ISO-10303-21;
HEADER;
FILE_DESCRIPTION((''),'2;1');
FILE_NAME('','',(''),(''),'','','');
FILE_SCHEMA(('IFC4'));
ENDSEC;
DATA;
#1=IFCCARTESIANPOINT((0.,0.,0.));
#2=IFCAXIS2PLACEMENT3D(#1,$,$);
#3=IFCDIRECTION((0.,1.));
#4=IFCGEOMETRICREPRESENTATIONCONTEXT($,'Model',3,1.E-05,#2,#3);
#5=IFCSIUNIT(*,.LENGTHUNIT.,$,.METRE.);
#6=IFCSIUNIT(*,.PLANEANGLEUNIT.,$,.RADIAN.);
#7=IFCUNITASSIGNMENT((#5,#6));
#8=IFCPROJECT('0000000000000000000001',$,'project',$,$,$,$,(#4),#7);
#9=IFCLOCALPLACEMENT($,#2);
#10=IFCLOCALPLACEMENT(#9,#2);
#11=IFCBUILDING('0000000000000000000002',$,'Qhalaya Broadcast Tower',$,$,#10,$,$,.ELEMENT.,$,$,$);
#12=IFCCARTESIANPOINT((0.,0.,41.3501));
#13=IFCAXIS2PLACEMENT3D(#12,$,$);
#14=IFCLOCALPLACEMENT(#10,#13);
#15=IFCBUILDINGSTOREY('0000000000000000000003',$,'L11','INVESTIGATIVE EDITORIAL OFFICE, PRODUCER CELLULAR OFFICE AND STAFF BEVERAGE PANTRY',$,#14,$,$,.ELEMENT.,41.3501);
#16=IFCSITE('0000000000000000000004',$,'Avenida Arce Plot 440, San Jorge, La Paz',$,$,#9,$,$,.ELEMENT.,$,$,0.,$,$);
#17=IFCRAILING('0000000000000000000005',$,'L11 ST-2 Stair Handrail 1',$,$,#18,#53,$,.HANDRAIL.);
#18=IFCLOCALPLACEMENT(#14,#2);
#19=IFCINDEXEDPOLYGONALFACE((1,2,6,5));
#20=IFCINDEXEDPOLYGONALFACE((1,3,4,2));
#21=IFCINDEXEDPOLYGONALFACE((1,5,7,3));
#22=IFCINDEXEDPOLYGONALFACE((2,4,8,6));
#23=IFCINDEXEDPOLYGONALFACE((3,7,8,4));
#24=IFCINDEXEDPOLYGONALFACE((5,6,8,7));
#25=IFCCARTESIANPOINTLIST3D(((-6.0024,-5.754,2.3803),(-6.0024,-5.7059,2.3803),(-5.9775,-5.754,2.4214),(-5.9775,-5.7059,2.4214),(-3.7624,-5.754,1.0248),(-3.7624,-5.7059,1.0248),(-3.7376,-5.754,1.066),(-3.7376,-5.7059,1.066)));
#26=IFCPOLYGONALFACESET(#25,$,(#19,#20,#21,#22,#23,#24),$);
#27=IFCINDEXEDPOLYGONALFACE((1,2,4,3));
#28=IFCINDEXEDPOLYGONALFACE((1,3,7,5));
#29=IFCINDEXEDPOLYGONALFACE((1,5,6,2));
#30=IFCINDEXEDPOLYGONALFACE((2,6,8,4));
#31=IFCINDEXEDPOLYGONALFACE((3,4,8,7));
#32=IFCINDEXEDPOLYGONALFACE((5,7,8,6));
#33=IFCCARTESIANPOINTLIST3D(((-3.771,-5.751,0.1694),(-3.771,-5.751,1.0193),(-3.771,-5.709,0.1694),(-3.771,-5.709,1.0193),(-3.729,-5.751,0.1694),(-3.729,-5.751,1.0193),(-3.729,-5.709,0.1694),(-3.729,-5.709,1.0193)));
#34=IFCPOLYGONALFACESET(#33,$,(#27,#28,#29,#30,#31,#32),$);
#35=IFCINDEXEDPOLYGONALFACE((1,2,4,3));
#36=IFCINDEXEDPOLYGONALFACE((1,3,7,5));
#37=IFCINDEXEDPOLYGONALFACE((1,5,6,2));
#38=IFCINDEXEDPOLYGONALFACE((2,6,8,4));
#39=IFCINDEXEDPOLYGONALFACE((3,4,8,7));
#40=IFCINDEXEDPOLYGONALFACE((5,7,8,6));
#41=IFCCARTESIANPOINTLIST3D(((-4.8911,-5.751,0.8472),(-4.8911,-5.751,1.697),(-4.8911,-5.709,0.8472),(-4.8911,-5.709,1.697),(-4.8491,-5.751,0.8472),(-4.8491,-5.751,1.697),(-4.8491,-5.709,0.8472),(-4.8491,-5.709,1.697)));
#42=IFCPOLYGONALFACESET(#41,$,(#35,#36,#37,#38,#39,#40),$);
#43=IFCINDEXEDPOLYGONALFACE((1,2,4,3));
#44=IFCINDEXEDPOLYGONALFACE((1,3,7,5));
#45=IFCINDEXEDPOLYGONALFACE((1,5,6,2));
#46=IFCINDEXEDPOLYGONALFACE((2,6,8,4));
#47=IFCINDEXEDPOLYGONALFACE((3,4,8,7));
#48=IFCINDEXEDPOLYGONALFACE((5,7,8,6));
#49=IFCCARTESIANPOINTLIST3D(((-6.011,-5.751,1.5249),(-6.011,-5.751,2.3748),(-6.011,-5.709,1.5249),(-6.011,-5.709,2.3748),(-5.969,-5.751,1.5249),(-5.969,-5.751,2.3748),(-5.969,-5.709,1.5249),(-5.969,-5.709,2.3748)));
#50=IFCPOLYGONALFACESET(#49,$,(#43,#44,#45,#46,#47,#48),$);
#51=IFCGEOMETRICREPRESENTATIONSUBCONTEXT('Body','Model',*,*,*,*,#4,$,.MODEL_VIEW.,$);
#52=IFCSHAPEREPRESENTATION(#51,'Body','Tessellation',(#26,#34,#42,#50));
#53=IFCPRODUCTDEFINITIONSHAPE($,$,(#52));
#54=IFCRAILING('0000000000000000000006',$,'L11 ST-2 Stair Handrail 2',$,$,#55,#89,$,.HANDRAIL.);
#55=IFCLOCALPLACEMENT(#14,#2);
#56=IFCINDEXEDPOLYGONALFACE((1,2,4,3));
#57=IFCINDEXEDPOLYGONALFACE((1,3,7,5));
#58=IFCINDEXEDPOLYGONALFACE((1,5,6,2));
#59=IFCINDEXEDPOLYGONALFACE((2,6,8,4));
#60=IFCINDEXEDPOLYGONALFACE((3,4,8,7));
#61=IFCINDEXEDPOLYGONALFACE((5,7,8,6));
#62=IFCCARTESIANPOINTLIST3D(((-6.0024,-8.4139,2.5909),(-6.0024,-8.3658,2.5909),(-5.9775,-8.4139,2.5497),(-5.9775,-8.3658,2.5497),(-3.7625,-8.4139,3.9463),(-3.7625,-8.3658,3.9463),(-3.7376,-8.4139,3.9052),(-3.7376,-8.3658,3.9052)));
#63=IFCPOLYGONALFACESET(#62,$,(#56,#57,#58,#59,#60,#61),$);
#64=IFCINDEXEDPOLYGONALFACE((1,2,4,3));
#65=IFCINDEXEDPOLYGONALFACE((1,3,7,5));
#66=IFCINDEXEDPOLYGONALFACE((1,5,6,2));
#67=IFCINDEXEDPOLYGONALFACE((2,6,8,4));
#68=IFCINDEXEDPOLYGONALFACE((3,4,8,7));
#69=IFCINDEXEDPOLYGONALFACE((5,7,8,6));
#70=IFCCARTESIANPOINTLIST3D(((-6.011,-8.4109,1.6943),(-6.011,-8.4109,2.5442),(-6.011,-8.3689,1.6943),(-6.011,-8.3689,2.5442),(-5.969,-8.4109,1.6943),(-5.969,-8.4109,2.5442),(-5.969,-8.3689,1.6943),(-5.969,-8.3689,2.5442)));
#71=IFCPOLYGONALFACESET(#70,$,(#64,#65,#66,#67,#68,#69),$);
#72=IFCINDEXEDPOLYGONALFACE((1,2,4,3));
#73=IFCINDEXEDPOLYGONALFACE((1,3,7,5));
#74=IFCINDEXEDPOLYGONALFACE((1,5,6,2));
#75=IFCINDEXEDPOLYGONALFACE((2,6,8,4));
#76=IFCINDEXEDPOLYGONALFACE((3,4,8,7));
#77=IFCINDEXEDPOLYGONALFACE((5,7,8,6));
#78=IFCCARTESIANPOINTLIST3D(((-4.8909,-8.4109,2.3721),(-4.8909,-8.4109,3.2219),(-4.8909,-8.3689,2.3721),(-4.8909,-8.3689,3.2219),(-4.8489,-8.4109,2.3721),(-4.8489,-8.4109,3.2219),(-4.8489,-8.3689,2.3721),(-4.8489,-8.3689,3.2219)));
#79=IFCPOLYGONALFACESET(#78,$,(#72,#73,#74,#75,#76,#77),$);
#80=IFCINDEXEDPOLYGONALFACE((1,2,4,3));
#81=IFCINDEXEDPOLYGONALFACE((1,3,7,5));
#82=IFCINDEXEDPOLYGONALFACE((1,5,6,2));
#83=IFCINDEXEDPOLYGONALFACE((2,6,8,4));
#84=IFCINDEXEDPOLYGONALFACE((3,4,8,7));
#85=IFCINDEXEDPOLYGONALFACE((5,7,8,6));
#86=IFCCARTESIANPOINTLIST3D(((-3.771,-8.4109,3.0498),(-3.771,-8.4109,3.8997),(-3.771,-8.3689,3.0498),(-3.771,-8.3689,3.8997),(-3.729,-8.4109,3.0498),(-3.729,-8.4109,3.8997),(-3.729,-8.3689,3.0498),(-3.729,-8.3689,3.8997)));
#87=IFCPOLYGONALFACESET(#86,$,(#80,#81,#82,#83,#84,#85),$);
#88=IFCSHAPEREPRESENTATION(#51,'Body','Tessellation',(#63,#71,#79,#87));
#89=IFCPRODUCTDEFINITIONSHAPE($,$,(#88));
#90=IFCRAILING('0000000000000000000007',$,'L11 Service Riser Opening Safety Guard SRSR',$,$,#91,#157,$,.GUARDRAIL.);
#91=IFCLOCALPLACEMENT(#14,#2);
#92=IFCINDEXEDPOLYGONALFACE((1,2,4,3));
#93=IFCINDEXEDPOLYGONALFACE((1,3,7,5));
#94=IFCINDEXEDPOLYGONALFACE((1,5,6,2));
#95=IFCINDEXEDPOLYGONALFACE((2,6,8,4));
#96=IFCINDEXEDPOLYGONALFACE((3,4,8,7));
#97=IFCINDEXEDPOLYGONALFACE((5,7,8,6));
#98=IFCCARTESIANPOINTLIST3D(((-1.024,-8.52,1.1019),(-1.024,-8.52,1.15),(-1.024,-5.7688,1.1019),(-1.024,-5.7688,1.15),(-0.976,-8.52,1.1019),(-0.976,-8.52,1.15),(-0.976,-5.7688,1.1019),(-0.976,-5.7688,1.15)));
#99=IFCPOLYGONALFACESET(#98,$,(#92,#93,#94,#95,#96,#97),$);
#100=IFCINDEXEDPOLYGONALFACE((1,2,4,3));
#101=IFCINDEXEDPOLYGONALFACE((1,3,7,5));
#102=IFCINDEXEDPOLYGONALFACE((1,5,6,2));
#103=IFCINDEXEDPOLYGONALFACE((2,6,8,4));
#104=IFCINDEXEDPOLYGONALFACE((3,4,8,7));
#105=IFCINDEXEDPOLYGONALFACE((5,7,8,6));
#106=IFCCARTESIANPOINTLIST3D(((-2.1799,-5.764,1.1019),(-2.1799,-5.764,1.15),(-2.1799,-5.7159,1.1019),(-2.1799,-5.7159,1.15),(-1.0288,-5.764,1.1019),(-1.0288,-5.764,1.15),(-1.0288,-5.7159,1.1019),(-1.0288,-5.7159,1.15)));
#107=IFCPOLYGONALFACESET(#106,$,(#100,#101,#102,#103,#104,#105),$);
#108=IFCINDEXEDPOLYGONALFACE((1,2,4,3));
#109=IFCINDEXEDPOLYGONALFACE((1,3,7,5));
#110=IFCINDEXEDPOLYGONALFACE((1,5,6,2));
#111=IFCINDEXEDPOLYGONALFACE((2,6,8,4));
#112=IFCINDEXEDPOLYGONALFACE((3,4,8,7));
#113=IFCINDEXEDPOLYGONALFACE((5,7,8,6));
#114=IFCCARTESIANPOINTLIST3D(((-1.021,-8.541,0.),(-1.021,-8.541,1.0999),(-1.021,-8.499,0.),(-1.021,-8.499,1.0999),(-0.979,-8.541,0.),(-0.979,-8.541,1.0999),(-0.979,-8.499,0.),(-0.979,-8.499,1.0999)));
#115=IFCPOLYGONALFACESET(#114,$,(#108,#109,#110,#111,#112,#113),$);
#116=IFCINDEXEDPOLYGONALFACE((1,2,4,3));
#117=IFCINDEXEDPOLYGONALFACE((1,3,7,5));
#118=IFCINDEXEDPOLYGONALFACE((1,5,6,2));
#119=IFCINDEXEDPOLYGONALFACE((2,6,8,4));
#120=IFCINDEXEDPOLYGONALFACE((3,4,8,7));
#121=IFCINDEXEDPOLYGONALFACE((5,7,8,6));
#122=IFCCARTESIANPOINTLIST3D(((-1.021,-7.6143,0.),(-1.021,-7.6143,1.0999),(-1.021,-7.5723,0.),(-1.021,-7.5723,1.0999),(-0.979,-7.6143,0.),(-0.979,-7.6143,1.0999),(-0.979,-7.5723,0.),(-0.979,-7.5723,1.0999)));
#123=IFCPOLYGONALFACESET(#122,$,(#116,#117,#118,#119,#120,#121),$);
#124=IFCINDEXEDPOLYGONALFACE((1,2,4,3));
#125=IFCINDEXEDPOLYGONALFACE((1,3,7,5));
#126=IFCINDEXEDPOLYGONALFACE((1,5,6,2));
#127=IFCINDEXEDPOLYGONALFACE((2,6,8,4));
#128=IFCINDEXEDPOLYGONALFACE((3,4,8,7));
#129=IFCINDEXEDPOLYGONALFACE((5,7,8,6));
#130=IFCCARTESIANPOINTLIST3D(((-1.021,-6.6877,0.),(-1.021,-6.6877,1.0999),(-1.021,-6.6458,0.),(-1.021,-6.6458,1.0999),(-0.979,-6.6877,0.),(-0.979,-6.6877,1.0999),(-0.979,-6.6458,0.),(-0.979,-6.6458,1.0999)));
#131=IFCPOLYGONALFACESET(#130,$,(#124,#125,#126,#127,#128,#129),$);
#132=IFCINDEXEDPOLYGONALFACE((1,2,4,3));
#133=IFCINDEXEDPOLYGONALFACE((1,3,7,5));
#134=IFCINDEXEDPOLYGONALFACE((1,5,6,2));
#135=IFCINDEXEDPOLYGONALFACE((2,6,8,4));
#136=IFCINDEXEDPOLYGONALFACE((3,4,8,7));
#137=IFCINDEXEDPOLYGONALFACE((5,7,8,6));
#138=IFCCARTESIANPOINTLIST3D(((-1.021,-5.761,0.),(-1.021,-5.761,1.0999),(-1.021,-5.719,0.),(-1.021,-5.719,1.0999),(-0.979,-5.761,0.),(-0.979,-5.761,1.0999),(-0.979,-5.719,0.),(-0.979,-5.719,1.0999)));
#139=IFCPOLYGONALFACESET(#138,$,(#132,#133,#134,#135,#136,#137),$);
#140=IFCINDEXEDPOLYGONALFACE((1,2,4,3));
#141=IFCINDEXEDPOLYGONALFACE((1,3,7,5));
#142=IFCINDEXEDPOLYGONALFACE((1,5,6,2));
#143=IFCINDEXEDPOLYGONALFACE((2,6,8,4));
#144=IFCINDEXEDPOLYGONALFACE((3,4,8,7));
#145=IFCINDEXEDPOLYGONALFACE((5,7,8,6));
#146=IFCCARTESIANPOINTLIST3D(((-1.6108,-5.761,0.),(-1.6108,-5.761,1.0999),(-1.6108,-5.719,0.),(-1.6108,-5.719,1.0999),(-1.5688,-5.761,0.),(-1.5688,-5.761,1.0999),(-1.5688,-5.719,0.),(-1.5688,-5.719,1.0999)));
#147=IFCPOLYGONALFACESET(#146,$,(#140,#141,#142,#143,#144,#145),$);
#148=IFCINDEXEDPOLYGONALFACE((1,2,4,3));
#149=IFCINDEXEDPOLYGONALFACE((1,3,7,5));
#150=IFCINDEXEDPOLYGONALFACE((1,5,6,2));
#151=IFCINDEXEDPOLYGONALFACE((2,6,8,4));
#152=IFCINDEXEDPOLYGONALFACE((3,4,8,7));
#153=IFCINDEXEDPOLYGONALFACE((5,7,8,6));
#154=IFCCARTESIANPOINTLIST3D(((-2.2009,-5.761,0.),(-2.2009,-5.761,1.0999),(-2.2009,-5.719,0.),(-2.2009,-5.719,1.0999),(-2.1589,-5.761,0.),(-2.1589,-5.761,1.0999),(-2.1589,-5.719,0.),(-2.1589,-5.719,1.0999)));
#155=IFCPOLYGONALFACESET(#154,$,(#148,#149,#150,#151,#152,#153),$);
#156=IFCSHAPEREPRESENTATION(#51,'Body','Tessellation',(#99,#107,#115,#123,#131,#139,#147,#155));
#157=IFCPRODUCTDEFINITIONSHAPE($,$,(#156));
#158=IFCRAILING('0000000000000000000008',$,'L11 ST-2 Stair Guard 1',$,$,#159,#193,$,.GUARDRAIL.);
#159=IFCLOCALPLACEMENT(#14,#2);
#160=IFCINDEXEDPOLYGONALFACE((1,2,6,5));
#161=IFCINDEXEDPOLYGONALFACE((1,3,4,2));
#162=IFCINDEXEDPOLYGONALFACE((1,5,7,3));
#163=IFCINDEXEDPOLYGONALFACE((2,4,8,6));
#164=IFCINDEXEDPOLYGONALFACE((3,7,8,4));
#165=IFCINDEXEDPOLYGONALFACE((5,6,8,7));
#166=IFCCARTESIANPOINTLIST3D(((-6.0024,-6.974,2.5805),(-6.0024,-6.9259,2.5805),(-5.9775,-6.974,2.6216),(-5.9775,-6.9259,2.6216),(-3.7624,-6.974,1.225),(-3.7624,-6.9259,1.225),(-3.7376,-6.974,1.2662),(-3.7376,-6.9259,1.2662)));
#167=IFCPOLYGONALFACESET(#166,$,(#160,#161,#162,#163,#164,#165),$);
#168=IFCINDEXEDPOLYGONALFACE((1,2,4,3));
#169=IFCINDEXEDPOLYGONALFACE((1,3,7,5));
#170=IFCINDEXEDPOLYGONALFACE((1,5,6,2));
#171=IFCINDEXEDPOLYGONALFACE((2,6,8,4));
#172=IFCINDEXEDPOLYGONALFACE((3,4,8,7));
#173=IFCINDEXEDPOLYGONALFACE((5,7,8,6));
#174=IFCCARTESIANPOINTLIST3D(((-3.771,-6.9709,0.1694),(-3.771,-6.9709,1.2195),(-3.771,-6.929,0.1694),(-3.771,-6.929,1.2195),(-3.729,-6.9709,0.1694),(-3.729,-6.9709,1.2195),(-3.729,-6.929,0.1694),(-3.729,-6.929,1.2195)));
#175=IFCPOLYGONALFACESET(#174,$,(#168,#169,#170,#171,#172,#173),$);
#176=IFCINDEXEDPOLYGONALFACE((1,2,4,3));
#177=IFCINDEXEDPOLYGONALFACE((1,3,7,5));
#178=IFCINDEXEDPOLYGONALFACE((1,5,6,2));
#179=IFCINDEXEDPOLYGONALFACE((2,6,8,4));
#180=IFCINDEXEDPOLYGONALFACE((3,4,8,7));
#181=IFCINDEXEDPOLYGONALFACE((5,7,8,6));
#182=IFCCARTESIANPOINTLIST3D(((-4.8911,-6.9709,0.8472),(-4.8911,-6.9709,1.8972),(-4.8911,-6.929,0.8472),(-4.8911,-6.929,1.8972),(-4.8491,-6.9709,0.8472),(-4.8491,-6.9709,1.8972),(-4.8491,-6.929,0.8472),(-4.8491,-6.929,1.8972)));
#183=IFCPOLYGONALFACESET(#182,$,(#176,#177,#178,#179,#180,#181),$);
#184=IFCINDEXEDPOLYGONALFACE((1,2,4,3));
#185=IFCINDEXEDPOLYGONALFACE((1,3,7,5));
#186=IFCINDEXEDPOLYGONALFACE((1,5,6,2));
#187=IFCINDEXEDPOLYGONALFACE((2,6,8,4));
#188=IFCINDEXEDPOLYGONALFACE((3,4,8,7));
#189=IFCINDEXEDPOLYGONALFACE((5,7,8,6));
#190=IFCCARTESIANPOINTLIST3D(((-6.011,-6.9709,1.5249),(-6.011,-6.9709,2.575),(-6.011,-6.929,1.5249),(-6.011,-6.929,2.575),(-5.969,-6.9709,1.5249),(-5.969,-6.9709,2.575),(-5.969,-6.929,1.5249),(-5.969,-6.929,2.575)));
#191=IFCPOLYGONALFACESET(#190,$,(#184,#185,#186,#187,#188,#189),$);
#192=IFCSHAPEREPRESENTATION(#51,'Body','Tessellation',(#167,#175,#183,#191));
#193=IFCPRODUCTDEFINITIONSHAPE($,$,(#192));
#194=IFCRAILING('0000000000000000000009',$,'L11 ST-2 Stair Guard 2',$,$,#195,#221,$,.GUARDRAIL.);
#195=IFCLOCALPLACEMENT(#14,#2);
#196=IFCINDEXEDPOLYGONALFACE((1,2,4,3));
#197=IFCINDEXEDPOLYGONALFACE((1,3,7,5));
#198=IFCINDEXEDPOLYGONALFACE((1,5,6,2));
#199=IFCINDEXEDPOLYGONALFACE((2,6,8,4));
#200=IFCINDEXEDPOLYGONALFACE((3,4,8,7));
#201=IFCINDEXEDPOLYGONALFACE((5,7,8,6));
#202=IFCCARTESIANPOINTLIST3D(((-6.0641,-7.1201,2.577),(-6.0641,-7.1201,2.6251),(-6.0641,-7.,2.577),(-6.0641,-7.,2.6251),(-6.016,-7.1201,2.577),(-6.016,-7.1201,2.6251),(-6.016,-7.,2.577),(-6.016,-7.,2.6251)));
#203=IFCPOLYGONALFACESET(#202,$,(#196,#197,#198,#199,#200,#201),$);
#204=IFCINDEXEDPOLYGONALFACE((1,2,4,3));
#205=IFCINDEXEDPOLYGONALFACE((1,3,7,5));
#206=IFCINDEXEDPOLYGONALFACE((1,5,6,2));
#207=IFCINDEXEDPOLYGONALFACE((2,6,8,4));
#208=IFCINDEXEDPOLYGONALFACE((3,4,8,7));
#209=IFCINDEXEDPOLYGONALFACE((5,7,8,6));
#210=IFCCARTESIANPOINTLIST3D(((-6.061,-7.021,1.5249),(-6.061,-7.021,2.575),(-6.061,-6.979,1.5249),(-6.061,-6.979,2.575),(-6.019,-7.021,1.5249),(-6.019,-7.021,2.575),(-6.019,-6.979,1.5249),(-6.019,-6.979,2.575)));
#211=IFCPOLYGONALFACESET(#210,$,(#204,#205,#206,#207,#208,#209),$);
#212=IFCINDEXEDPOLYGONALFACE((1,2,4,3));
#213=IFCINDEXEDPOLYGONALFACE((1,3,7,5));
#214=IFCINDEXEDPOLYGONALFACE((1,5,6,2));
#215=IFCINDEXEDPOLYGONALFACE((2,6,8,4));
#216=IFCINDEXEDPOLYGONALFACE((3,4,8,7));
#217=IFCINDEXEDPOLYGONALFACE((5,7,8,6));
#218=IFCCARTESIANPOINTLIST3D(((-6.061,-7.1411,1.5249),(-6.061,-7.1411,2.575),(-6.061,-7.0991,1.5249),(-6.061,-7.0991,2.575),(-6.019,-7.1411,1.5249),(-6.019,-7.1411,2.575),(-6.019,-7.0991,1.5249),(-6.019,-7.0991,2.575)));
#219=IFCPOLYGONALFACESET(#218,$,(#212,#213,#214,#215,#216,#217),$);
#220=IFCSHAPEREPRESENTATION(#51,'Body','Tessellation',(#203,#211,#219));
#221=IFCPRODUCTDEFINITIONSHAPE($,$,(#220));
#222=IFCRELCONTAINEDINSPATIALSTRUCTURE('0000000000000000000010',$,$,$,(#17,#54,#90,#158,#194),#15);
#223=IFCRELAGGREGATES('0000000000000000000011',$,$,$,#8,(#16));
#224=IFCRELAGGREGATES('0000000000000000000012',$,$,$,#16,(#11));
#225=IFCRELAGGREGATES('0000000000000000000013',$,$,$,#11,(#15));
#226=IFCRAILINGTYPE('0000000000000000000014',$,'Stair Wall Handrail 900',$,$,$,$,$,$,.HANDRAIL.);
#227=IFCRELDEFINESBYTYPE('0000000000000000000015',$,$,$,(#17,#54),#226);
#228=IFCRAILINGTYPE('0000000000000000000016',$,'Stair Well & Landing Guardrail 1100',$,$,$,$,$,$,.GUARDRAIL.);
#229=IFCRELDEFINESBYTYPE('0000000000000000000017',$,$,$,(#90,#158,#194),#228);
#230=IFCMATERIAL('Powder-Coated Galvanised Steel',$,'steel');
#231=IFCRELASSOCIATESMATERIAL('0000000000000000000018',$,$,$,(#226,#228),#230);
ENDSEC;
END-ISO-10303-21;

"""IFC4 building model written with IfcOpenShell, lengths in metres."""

from ifc_helpers import new_model, si_unit, direction, frame, origin, origin_2d, place, context, subcontext, project, spatial, rectangle, extrude, material, type_object, element, save


model = new_model("IFC4")

# Units and contexts
model_context = context("Model", 3, precision=1e-05, world=origin(), true_north=direction((0.0, 1.0)))
body_context = subcontext(model_context, "Body", "Model", "MODEL_VIEW")
ifc_project = project(units=[si_unit("LENGTHUNIT", "METRE"), si_unit("PLANEANGLEUNIT", "RADIAN")], contexts=[model_context])

# Site, building, storey
site_placement = place(None, origin())
site = spatial("IfcSite", under=ifc_project, at=site_placement, Name="Avenida Arce Plot 440, San Jorge, La Paz", CompositionType="ELEMENT", RefElevation=0.0)
building_placement = place(site_placement, origin())
building = spatial("IfcBuilding", under=site, at=building_placement, Name="Qhalaya Broadcast Tower", CompositionType="ELEMENT")
storey_placement = place(building_placement, frame((0.0, 0.0, 41.3501)))
storey = spatial("IfcBuildingStorey", under=building, at=storey_placement, Name="L11", Description="INVESTIGATIVE EDITORIAL OFFICE, PRODUCER CELLULAR OFFICE AND STAFF BEVERAGE PANTRY", CompositionType="ELEMENT", Elevation=41.3501)

# Railings
ifc_material_1 = material(Name="Powder-Coated Galvanised Steel", Category="steel")
railing_type_1 = type_object("IfcRailingType", Name="Stair Wall Handrail 900", PredefinedType="HANDRAIL", material=ifc_material_1)
railing_1_placement = place(storey_placement, frame((-3.75, -5.73, 0.1694)))
element("IfcRailing", 1, at=railing_1_placement, inside=storey, type_object=railing_type_1, Name="L11 ST-2 Stair Handrail 1", PredefinedType="HANDRAIL", context=body_context, shape_type="SweptSolid", body=[
    extrude(rectangle(XDim=0.0481, YDim=0.0481, at=origin_2d()), frame((0.0, 0.0, 0.876), z_axis=(-0.855553, 0.0, 0.517715), x_axis=(0.0, -1.0, 0.0)), (0.0, 0.0, 1.0), 2.6182),
    extrude(rectangle(XDim=0.042, YDim=0.042, at=origin_2d()), origin(), (0.0, 0.0, 1.0), 0.8499),
    extrude(rectangle(XDim=0.042, YDim=0.042, at=origin_2d()), frame((-1.1201, 0.0, 0.6777)), (0.0, 0.0, 1.0), 0.8499),
    extrude(rectangle(XDim=0.042, YDim=0.042, at=origin_2d()), frame((-2.24, 0.0, 1.3555)), (0.0, 0.0, 1.0), 0.8499),
])
railing_2_placement = place(storey_placement, frame((-5.99, -8.3899, 1.6943)))
element("IfcRailing", 2, at=railing_2_placement, inside=storey, type_object=railing_type_1, Name="L11 ST-2 Stair Handrail 2", PredefinedType="HANDRAIL", context=body_context, shape_type="SweptSolid", body=[
    extrude(rectangle(XDim=0.0481, YDim=0.0481, at=origin_2d()), frame((0.0, 0.0, 0.876), z_axis=(0.855553, 0.0, 0.517715), x_axis=(0.0, 1.0, 0.0)), (0.0, 0.0, 1.0), 2.6182),
    extrude(rectangle(XDim=0.042, YDim=0.042, at=origin_2d()), origin(), (0.0, 0.0, 1.0), 0.8499),
    extrude(rectangle(XDim=0.042, YDim=0.042, at=origin_2d()), frame((1.1201, 0.0, 0.6777)), (0.0, 0.0, 1.0), 0.8499),
    extrude(rectangle(XDim=0.042, YDim=0.042, at=origin_2d()), frame((2.24, 0.0, 1.3555)), (0.0, 0.0, 1.0), 0.8499),
])
railing_type_2 = type_object("IfcRailingType", Name="Stair Well & Landing Guardrail 1100", PredefinedType="GUARDRAIL", material=ifc_material_1)
railing_3_placement = place(storey_placement, frame((-1.0, -8.52, 0.0)))
element("IfcRailing", 3, at=railing_3_placement, inside=storey, type_object=railing_type_2, Name="L11 Service Riser Opening Safety Guard SRSR", PredefinedType="GUARDRAIL", context=body_context, shape_type="SweptSolid", body=[
    extrude(rectangle(XDim=0.0481, YDim=0.0481, at=origin_2d()), frame((0.0, 0.0, 1.126), z_axis=(0.0, 1.0, 0.0), x_axis=(-1.0, 0.0, 0.0)), (0.0, 0.0, 1.0), 2.7512),
    extrude(rectangle(XDim=0.0481, YDim=0.0481, at=origin_2d()), frame((-0.0288, 2.78, 1.126), z_axis=(-1.0, 0.0, 0.0), x_axis=(0.0, -1.0, 0.0)), (0.0, 0.0, 1.0), 1.1511),
    extrude(rectangle(XDim=0.042, YDim=0.042, at=origin_2d()), origin(), (0.0, 0.0, 1.0), 1.0999),
    extrude(rectangle(XDim=0.042, YDim=0.042, at=origin_2d()), frame((0.0, 0.9268, 0.0)), (0.0, 0.0, 1.0), 1.0999),
    extrude(rectangle(XDim=0.042, YDim=0.042, at=origin_2d()), frame((0.0, 1.8533, 0.0)), (0.0, 0.0, 1.0), 1.0999),
    extrude(rectangle(XDim=0.042, YDim=0.042, at=origin_2d()), frame((0.0, 2.78, 0.0)), (0.0, 0.0, 1.0), 1.0999),
    extrude(rectangle(XDim=0.042, YDim=0.042, at=origin_2d()), frame((-0.5898, 2.78, 0.0)), (0.0, 0.0, 1.0), 1.0999),
    extrude(rectangle(XDim=0.042, YDim=0.042, at=origin_2d()), frame((-1.1799, 2.78, 0.0)), (0.0, 0.0, 1.0), 1.0999),
])
railing_4_placement = place(storey_placement, frame((-3.75, -6.95, 0.1694)))
element("IfcRailing", 4, at=railing_4_placement, inside=storey, type_object=railing_type_2, Name="L11 ST-2 Stair Guard 1", PredefinedType="GUARDRAIL", context=body_context, shape_type="SweptSolid", body=[
    extrude(rectangle(XDim=0.0481, YDim=0.0481, at=origin_2d()), frame((0.0, 0.0, 1.0762), z_axis=(-0.855553, 0.0, 0.517715), x_axis=(0.0, -1.0, 0.0)), (0.0, 0.0, 1.0), 2.6182),
    extrude(rectangle(XDim=0.042, YDim=0.042, at=origin_2d()), origin(), (0.0, 0.0, 1.0), 1.05),
    extrude(rectangle(XDim=0.042, YDim=0.042, at=origin_2d()), frame((-1.1201, 0.0, 0.6777)), (0.0, 0.0, 1.0), 1.05),
    extrude(rectangle(XDim=0.042, YDim=0.042, at=origin_2d()), frame((-2.24, 0.0, 1.3555)), (0.0, 0.0, 1.0), 1.05),
])
railing_5_placement = place(storey_placement, frame((-6.04, -7.0, 1.5249)))
element("IfcRailing", 5, at=railing_5_placement, inside=storey, type_object=railing_type_2, Name="L11 ST-2 Stair Guard 2", PredefinedType="GUARDRAIL", context=body_context, shape_type="SweptSolid", body=[
    extrude(rectangle(XDim=0.0481, YDim=0.0481, at=origin_2d()), frame((0.0, 0.0, 1.0762), z_axis=(0.0, -1.0, 0.0), x_axis=(1.0, 0.0, 0.0)), (0.0, 0.0, 1.0), 0.1201),
    extrude(rectangle(XDim=0.042, YDim=0.042, at=origin_2d()), origin(), (0.0, 0.0, 1.0), 1.05),
    extrude(rectangle(XDim=0.042, YDim=0.042, at=origin_2d()), frame((0.0, -0.1201, 0.0)), (0.0, 0.0, 1.0), 1.05),
])

save(model, "model.ifc")
